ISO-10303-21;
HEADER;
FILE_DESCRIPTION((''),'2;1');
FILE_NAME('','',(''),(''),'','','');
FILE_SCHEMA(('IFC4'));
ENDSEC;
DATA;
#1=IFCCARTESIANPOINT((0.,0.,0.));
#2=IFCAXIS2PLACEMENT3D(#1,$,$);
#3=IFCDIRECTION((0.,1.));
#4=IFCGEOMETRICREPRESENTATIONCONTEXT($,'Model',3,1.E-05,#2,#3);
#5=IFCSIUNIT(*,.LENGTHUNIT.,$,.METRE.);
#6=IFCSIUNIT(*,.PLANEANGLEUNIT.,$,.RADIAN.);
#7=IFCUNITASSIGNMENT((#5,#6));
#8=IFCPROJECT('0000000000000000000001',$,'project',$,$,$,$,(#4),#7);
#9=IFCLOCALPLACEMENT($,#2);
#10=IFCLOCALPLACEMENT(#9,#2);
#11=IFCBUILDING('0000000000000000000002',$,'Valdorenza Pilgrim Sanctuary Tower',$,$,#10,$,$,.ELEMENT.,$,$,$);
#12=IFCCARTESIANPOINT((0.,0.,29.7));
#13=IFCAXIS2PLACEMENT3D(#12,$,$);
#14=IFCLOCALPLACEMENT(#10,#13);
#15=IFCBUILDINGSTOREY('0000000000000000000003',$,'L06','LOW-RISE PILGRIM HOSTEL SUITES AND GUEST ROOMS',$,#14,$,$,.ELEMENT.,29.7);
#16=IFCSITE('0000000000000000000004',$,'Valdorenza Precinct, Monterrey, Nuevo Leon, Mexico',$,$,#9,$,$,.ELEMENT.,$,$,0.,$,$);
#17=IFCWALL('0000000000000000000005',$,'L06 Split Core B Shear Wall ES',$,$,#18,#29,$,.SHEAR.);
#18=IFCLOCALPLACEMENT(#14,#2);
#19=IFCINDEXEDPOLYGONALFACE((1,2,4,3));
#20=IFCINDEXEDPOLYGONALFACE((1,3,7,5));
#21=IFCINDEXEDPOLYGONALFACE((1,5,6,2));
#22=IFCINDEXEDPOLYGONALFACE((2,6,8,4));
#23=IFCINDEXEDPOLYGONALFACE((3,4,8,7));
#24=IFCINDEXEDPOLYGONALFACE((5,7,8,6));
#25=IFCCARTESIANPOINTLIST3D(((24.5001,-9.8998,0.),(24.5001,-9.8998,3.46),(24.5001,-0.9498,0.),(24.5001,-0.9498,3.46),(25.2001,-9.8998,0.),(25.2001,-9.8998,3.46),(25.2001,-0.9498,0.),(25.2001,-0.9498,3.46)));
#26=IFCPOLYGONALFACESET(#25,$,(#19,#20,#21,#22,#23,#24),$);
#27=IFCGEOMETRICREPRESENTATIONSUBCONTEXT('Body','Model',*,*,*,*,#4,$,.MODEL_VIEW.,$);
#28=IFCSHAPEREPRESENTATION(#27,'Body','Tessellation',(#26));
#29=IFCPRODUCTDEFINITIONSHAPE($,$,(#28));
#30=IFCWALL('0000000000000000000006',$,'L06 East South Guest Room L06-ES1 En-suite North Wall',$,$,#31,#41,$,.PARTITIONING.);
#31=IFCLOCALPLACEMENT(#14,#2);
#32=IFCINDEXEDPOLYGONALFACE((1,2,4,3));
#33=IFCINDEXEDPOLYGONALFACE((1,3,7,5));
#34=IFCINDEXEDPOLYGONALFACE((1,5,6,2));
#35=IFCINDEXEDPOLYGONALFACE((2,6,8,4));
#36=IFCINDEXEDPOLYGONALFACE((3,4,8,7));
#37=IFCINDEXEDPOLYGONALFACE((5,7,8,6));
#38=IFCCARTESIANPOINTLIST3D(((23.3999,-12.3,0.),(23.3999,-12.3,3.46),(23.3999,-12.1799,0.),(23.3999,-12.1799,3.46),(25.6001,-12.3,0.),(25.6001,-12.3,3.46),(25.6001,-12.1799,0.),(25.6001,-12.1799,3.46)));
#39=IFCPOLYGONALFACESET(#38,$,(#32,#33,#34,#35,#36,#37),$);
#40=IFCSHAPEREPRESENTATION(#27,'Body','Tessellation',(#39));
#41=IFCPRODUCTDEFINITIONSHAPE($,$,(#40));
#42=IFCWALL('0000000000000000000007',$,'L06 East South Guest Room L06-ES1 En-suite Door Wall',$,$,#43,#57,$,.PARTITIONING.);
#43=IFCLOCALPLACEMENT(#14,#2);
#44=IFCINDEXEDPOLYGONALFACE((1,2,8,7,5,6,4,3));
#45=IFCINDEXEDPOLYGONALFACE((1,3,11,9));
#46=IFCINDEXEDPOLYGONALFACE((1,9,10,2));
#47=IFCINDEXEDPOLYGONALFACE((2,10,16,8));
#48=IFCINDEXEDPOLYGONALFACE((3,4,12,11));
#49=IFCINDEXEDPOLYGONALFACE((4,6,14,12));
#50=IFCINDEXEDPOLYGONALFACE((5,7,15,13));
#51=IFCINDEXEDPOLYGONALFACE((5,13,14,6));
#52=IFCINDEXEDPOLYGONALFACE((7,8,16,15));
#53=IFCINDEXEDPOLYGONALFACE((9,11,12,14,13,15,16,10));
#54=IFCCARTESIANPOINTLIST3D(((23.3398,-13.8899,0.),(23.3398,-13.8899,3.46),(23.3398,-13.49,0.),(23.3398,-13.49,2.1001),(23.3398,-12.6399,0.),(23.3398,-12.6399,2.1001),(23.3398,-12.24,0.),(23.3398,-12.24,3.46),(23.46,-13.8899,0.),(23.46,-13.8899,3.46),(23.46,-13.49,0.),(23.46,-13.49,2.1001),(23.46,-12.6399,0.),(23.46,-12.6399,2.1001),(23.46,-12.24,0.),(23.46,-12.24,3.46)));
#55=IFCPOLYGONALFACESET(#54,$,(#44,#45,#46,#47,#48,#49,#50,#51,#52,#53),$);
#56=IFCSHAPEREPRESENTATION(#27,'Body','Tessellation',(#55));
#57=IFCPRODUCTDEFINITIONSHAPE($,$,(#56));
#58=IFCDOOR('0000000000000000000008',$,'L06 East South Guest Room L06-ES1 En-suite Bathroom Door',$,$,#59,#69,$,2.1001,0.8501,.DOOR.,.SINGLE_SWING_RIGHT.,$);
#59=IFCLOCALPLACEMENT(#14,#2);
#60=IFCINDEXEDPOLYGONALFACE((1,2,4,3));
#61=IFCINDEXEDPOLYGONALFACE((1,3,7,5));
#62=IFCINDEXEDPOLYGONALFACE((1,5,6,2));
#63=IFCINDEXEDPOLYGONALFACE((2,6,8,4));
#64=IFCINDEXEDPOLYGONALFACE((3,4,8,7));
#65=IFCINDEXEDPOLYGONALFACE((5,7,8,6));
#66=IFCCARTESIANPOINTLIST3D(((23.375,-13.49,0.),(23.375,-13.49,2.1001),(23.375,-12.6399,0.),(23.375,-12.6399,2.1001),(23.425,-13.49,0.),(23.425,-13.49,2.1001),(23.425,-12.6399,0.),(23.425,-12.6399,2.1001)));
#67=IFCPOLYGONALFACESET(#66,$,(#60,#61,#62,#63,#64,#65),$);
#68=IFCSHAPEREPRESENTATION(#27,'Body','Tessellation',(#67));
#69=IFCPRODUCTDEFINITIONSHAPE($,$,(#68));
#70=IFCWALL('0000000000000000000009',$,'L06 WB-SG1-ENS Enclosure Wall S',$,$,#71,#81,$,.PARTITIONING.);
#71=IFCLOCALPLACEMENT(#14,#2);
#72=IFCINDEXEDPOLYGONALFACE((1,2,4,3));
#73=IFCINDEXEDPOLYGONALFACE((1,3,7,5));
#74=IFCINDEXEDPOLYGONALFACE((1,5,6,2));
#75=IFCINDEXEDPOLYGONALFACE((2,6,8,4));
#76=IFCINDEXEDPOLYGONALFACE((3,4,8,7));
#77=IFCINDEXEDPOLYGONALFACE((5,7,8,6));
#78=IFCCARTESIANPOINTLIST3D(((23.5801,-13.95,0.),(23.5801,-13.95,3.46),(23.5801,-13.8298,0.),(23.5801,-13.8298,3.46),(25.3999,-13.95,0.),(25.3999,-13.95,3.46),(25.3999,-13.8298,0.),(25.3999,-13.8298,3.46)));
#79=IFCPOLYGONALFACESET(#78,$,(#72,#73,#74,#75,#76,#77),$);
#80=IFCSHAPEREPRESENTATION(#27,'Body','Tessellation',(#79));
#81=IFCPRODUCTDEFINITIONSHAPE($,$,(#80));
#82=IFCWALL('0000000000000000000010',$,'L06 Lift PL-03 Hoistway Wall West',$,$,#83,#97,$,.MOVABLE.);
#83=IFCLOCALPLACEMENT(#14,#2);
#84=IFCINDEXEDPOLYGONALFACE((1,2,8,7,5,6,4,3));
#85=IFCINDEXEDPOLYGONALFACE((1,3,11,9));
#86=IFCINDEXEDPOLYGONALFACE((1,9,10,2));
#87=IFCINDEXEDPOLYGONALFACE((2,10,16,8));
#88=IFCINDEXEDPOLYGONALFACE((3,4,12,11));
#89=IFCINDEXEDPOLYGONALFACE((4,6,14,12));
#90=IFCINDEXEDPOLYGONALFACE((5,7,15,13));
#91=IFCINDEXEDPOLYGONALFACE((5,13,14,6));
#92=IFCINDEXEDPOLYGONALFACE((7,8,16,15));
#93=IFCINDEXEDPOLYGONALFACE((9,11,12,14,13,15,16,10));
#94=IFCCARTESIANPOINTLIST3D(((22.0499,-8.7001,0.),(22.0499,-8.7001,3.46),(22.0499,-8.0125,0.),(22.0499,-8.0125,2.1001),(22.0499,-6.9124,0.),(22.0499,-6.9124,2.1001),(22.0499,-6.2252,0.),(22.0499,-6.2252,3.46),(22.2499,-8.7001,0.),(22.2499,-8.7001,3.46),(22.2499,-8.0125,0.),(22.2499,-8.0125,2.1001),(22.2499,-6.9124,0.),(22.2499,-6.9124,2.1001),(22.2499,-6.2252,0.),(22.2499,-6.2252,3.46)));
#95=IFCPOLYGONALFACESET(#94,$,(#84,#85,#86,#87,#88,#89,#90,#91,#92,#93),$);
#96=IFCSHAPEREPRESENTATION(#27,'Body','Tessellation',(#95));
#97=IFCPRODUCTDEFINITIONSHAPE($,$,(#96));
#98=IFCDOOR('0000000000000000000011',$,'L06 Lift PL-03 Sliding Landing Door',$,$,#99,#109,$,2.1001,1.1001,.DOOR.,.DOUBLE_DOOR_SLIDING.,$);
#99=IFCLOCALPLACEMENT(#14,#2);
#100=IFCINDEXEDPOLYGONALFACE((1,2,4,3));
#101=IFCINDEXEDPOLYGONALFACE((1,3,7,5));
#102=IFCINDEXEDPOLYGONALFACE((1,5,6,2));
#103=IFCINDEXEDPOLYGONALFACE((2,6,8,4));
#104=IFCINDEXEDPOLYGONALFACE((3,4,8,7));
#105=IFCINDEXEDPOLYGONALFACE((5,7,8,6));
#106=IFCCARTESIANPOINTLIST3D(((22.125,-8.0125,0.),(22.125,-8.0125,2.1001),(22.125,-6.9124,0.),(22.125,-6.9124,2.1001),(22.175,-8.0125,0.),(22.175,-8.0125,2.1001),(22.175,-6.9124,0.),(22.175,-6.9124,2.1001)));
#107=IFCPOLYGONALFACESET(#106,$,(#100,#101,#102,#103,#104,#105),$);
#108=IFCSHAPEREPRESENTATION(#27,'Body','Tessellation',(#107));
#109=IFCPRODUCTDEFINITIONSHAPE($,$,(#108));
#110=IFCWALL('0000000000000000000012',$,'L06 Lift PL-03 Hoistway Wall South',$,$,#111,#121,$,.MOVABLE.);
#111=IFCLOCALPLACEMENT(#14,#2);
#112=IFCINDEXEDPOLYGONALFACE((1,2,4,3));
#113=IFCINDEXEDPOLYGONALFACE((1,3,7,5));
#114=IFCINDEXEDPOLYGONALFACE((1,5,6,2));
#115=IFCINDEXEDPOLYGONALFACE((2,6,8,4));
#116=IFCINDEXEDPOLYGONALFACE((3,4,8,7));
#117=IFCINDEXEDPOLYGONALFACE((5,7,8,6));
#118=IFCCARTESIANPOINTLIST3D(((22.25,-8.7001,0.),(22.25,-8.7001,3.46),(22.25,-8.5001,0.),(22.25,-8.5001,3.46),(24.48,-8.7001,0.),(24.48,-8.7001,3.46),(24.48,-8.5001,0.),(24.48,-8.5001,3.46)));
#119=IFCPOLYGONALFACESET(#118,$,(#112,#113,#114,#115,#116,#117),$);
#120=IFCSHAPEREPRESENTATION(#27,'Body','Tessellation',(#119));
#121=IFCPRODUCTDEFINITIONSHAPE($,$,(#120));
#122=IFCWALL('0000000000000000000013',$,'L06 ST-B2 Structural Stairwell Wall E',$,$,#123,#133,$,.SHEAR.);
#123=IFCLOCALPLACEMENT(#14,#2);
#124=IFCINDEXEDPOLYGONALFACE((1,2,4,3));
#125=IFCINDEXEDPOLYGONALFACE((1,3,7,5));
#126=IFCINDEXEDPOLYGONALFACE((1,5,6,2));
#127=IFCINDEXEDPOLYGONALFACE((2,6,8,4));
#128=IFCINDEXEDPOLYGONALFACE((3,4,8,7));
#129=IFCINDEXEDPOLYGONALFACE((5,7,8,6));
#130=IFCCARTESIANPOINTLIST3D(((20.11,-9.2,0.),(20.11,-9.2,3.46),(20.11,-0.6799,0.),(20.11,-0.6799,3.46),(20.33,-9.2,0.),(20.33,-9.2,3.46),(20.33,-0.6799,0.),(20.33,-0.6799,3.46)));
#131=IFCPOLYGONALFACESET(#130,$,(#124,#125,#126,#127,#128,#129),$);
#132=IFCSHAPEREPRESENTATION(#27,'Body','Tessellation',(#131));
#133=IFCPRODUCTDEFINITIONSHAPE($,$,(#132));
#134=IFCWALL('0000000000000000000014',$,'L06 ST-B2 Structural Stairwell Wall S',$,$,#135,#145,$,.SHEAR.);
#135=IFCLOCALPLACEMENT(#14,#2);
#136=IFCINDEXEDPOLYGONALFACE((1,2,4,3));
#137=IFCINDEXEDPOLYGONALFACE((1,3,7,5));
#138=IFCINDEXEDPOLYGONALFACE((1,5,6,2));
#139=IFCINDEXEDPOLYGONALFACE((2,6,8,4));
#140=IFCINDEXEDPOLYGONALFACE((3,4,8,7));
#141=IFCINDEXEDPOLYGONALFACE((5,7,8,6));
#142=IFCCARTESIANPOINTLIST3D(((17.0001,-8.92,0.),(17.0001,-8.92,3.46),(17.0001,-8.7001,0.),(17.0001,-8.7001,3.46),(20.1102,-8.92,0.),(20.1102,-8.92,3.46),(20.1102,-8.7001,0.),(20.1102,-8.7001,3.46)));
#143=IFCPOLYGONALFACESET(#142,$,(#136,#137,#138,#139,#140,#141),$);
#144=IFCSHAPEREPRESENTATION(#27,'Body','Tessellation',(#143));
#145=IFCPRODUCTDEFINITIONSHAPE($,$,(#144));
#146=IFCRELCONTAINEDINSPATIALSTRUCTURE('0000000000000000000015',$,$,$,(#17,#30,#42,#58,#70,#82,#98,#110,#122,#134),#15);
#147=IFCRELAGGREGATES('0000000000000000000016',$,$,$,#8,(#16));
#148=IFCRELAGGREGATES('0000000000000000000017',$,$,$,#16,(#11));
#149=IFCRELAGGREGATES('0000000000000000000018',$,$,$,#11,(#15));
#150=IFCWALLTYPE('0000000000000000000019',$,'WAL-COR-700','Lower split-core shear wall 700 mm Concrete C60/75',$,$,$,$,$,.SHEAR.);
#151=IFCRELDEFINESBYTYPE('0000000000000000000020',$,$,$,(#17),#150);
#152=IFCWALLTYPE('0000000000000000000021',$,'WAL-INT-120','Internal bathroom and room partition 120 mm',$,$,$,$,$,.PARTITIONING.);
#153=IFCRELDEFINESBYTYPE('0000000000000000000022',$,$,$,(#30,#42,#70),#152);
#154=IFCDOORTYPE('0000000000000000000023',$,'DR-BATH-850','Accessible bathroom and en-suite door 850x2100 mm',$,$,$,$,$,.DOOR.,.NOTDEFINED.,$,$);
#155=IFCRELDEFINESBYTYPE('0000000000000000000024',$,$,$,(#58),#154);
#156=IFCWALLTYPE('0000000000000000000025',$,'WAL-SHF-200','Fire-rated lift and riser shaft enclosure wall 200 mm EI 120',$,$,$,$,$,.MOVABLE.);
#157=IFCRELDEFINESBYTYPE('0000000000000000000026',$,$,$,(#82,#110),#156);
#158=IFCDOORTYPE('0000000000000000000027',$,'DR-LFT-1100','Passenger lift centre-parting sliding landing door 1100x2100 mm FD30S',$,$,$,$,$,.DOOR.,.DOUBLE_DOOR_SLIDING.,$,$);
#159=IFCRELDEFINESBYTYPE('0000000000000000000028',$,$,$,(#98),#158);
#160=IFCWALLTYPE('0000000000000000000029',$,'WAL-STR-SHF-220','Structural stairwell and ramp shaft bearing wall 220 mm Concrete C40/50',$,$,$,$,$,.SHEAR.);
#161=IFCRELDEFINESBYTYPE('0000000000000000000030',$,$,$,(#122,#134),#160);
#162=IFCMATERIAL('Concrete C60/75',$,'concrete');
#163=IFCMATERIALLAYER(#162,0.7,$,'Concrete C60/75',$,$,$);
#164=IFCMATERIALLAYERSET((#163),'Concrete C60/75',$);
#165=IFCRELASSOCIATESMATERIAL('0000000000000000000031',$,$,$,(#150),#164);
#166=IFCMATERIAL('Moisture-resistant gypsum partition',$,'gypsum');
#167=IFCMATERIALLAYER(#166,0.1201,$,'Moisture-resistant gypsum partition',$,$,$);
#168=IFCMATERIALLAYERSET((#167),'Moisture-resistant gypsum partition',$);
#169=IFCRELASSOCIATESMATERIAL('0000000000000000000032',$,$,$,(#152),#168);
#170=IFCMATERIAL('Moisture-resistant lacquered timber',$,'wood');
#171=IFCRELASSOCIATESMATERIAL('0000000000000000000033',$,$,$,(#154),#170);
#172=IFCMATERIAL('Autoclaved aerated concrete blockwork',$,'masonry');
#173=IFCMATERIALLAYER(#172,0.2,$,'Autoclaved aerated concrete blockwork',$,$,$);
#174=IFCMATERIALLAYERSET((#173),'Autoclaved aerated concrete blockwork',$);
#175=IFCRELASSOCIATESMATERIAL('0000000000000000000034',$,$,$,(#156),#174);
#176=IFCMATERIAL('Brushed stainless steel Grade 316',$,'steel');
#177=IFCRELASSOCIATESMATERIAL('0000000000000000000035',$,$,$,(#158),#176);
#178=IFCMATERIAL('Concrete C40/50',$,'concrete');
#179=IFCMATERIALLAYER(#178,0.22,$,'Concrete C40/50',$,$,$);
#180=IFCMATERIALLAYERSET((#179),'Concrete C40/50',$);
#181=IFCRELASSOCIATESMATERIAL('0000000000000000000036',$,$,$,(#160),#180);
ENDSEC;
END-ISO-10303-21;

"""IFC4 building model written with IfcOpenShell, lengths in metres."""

from ifc_helpers import new_model, si_unit, direction, frame, frame_2d, origin, place, context, subcontext, project, spatial, rectangle, extrude, material, layer, layer_set, type_object, element, fill, save


model = new_model("IFC4")

# Units and contexts
model_context = context("Model", 3, precision=1e-05, world=origin(), true_north=direction((0.0, 1.0)))
body_context = subcontext(model_context, "Body", "Model", "MODEL_VIEW")
ifc_project = project(units=[si_unit("LENGTHUNIT", "METRE"), si_unit("PLANEANGLEUNIT", "RADIAN")], contexts=[model_context])

# Site, building, storey
site_placement = place(None, origin())
site = spatial("IfcSite", under=ifc_project, at=site_placement, Name="Valdorenza Precinct, Monterrey, Nuevo Leon, Mexico", CompositionType="ELEMENT", RefElevation=0.0)
building_placement = place(site_placement, origin())
building = spatial("IfcBuilding", under=site, at=building_placement, Name="Valdorenza Pilgrim Sanctuary Tower", CompositionType="ELEMENT")
storey_placement = place(building_placement, frame((0.0, 0.0, 29.7)))
storey = spatial("IfcBuildingStorey", under=building, at=storey_placement, Name="L06", Description="LOW-RISE PILGRIM HOSTEL SUITES AND GUEST ROOMS", CompositionType="ELEMENT", Elevation=29.7)

# Shared definitions
ifc_material_1 = material(Name="Concrete C60/75", Category="concrete")

# Walls
ifc_layer_1 = layer(ifc_material_1, 0.7, Name="Concrete C60/75")
ifc_layer_set_1 = layer_set([ifc_layer_1], Name="Concrete C60/75")
wall_type_1 = type_object("IfcWallType", Name="WAL-COR-700", Description="Lower split-core shear wall 700 mm Concrete C60/75", PredefinedType="SHEAR", material=ifc_layer_set_1)
wall_1_placement = place(storey_placement, frame((24.8501, -9.8999, 0.0), z_axis=(0.0, 0.0, 1.0), x_axis=(0.0, 1.0, 0.0)))
element("IfcWall", 1, at=wall_1_placement, inside=storey, type_object=wall_type_1, Name="L06 Split Core B Shear Wall ES", PredefinedType="SHEAR", context=body_context, shape_type="SweptSolid", body=[
    extrude(rectangle(XDim=8.95, YDim=0.7, at=frame_2d((4.4751, 0.0))), origin(), (0.0, 0.0, 1.0), 3.46),
])
ifc_material_2 = material(Name="Moisture-resistant gypsum partition", Category="gypsum")
ifc_layer_2 = layer(ifc_material_2, 0.1201, Name="Moisture-resistant gypsum partition")
ifc_layer_set_2 = layer_set([ifc_layer_2], Name="Moisture-resistant gypsum partition")
wall_type_2 = type_object("IfcWallType", Name="WAL-INT-120", Description="Internal bathroom and room partition 120 mm", PredefinedType="PARTITIONING", material=ifc_layer_set_2)
wall_2_placement = place(storey_placement, frame((23.3999, -12.24, 0.0), z_axis=(0.0, 0.0, 1.0), x_axis=(1.0, 0.0, 0.0)))
element("IfcWall", 2, at=wall_2_placement, inside=storey, type_object=wall_type_2, Name="L06 East South Guest Room L06-ES1 En-suite North Wall", PredefinedType="PARTITIONING", context=body_context, shape_type="SweptSolid", body=[
    extrude(rectangle(XDim=2.2002, YDim=0.1201, at=frame_2d((1.1001, 0.0))), origin(), (0.0, 0.0, 1.0), 3.46),
])

# Wall, opening, door
wall_3_placement = place(storey_placement, frame((23.3999, -13.8899, 0.0), z_axis=(0.0, 0.0, 1.0), x_axis=(0.0, 1.0, 0.0)))
wall_3 = element("IfcWall", 3, at=wall_3_placement, inside=storey, type_object=wall_type_2, Name="L06 East South Guest Room L06-ES1 En-suite Door Wall", PredefinedType="PARTITIONING", context=body_context, shape_type="SweptSolid", body=[
    extrude(rectangle(XDim=1.6499, YDim=0.1201, at=frame_2d((0.825, 0.0))), origin(), (0.0, 0.0, 1.0), 3.46),
])
opening_1_placement = place(wall_3_placement, frame((0.3999, 0.0, 0.0)))
opening_1 = element("IfcOpeningElement", 4, at=opening_1_placement, cuts=wall_3, PredefinedType="OPENING", context=body_context, shape_type="SweptSolid", body=[
    extrude(rectangle(XDim=0.8501, YDim=2.1001, at=frame_2d((0.425, 1.05))), frame((0.0, 0.075, 0.0), z_axis=(0.0, -1.0, 0.0), x_axis=(1.0, 0.0, 0.0)), (0.0, 0.0, 1.0), 0.1499),
])
ifc_material_3 = material(Name="Moisture-resistant lacquered timber", Category="wood")
door_type_1 = type_object("IfcDoorType", Name="DR-BATH-850", Description="Accessible bathroom and en-suite door 850x2100 mm", OperationType="NOTDEFINED", PredefinedType="DOOR", material=ifc_material_3)
door_1_placement = place(opening_1_placement, origin())
door_1 = element("IfcDoor", 5, at=door_1_placement, inside=storey, type_object=door_type_1, Name="L06 East South Guest Room L06-ES1 En-suite Bathroom Door", OperationType="SINGLE_SWING_RIGHT", OverallHeight=2.1001, OverallWidth=0.8501, PredefinedType="DOOR", context=body_context, shape_type="SweptSolid", body=[
    extrude(rectangle(XDim=0.8501, YDim=2.1001, at=frame_2d((0.425, 1.05))), frame((0.0, 0.0249, 0.0), z_axis=(0.0, -1.0, 0.0), x_axis=(1.0, 0.0, 0.0)), (0.0, 0.0, 1.0), 0.05),
])
fill(opening_1, door_1)

# Wall
wall_4_placement = place(storey_placement, frame((23.5801, -13.8899, 0.0), z_axis=(0.0, 0.0, 1.0), x_axis=(1.0, 0.0, 0.0)))
element("IfcWall", 6, at=wall_4_placement, inside=storey, type_object=wall_type_2, Name="L06 WB-SG1-ENS Enclosure Wall S", PredefinedType="PARTITIONING", context=body_context, shape_type="SweptSolid", body=[
    extrude(rectangle(XDim=1.8198, YDim=0.1201, at=frame_2d((0.9099, 0.0))), origin(), (0.0, 0.0, 1.0), 3.46),
])

# Wall, opening, door
ifc_material_4 = material(Name="Autoclaved aerated concrete blockwork", Category="masonry")
ifc_layer_3 = layer(ifc_material_4, 0.2, Name="Autoclaved aerated concrete blockwork")
ifc_layer_set_3 = layer_set([ifc_layer_3], Name="Autoclaved aerated concrete blockwork")
wall_type_3 = type_object("IfcWallType", Name="WAL-SHF-200", Description="Fire-rated lift and riser shaft enclosure wall 200 mm EI 120", PredefinedType="MOVABLE", material=ifc_layer_set_3)
wall_5_placement = place(storey_placement, frame((22.1499, -8.7, 0.0), z_axis=(0.0, 0.0, 1.0), x_axis=(0.0, 1.0, 0.0)))
wall_5 = element("IfcWall", 7, at=wall_5_placement, inside=storey, type_object=wall_type_3, Name="L06 Lift PL-03 Hoistway Wall West", PredefinedType="MOVABLE", context=body_context, shape_type="SweptSolid", body=[
    extrude(rectangle(XDim=2.4749, YDim=0.2, at=frame_2d((1.2373, 0.0))), origin(), (0.0, 0.0, 1.0), 3.46),
])
opening_2_placement = place(wall_5_placement, frame((0.6875, 0.0, 0.0)))
opening_2 = element("IfcOpeningElement", 8, at=opening_2_placement, cuts=wall_5, PredefinedType="OPENING", context=body_context, shape_type="SweptSolid", body=[
    extrude(rectangle(XDim=1.1001, YDim=2.1001, at=frame_2d((0.55, 1.05))), frame((0.0, 0.1147, 0.0), z_axis=(0.0, -1.0, 0.0), x_axis=(1.0, 0.0, 0.0)), (0.0, 0.0, 1.0), 0.2297),
])
ifc_material_5 = material(Name="Brushed stainless steel Grade 316", Category="steel")
door_type_2 = type_object("IfcDoorType", Name="DR-LFT-1100", Description="Passenger lift centre-parting sliding landing door 1100x2100 mm FD30S", OperationType="DOUBLE_DOOR_SLIDING", PredefinedType="DOOR", material=ifc_material_5)
door_2_placement = place(opening_2_placement, origin())
door_2 = element("IfcDoor", 9, at=door_2_placement, inside=storey, type_object=door_type_2, Name="L06 Lift PL-03 Sliding Landing Door", OperationType="DOUBLE_DOOR_SLIDING", OverallHeight=2.1001, OverallWidth=1.1001, PredefinedType="DOOR", context=body_context, shape_type="SweptSolid", body=[
    extrude(rectangle(XDim=1.1001, YDim=2.1001, at=frame_2d((0.55, 1.05))), frame((0.0, 0.0249, 0.0), z_axis=(0.0, -1.0, 0.0), x_axis=(1.0, 0.0, 0.0)), (0.0, 0.0, 1.0), 0.05),
])
fill(opening_2, door_2)

# Walls
wall_6_placement = place(storey_placement, frame((22.25, -8.6001, 0.0), z_axis=(0.0, 0.0, 1.0), x_axis=(1.0, 0.0, 0.0)))
element("IfcWall", 10, at=wall_6_placement, inside=storey, type_object=wall_type_3, Name="L06 Lift PL-03 Hoistway Wall South", PredefinedType="MOVABLE", context=body_context, shape_type="SweptSolid", body=[
    extrude(rectangle(XDim=2.23, YDim=0.2, at=frame_2d((1.115, 0.0))), origin(), (0.0, 0.0, 1.0), 3.46),
])
ifc_material_6 = material(Name="Concrete C40/50", Category="concrete")
ifc_layer_4 = layer(ifc_material_6, 0.22, Name="Concrete C40/50")
ifc_layer_set_4 = layer_set([ifc_layer_4], Name="Concrete C40/50")
wall_type_4 = type_object("IfcWallType", Name="WAL-STR-SHF-220", Description="Structural stairwell and ramp shaft bearing wall 220 mm Concrete C40/50", PredefinedType="SHEAR", material=ifc_layer_set_4)
wall_7_placement = place(storey_placement, frame((20.22, -9.2, 0.0), z_axis=(0.0, 0.0, 1.0), x_axis=(0.0, 1.0, 0.0)))
element("IfcWall", 11, at=wall_7_placement, inside=storey, type_object=wall_type_4, Name="L06 ST-B2 Structural Stairwell Wall E", PredefinedType="SHEAR", context=body_context, shape_type="SweptSolid", body=[
    extrude(rectangle(XDim=8.52, YDim=0.22, at=frame_2d((4.26, 0.0))), origin(), (0.0, 0.0, 1.0), 3.46),
])
wall_8_placement = place(storey_placement, frame((17.0, -8.8101, 0.0), z_axis=(0.0, 0.0, 1.0), x_axis=(1.0, 0.0, 0.0)))
element("IfcWall", 12, at=wall_8_placement, inside=storey, type_object=wall_type_4, Name="L06 ST-B2 Structural Stairwell Wall S", PredefinedType="SHEAR", context=body_context, shape_type="SweptSolid", body=[
    extrude(rectangle(XDim=3.1101, YDim=0.22, at=frame_2d((1.5552, 0.0))), origin(), (0.0, 0.0, 1.0), 3.46),
])

save(model, "model.ifc")
